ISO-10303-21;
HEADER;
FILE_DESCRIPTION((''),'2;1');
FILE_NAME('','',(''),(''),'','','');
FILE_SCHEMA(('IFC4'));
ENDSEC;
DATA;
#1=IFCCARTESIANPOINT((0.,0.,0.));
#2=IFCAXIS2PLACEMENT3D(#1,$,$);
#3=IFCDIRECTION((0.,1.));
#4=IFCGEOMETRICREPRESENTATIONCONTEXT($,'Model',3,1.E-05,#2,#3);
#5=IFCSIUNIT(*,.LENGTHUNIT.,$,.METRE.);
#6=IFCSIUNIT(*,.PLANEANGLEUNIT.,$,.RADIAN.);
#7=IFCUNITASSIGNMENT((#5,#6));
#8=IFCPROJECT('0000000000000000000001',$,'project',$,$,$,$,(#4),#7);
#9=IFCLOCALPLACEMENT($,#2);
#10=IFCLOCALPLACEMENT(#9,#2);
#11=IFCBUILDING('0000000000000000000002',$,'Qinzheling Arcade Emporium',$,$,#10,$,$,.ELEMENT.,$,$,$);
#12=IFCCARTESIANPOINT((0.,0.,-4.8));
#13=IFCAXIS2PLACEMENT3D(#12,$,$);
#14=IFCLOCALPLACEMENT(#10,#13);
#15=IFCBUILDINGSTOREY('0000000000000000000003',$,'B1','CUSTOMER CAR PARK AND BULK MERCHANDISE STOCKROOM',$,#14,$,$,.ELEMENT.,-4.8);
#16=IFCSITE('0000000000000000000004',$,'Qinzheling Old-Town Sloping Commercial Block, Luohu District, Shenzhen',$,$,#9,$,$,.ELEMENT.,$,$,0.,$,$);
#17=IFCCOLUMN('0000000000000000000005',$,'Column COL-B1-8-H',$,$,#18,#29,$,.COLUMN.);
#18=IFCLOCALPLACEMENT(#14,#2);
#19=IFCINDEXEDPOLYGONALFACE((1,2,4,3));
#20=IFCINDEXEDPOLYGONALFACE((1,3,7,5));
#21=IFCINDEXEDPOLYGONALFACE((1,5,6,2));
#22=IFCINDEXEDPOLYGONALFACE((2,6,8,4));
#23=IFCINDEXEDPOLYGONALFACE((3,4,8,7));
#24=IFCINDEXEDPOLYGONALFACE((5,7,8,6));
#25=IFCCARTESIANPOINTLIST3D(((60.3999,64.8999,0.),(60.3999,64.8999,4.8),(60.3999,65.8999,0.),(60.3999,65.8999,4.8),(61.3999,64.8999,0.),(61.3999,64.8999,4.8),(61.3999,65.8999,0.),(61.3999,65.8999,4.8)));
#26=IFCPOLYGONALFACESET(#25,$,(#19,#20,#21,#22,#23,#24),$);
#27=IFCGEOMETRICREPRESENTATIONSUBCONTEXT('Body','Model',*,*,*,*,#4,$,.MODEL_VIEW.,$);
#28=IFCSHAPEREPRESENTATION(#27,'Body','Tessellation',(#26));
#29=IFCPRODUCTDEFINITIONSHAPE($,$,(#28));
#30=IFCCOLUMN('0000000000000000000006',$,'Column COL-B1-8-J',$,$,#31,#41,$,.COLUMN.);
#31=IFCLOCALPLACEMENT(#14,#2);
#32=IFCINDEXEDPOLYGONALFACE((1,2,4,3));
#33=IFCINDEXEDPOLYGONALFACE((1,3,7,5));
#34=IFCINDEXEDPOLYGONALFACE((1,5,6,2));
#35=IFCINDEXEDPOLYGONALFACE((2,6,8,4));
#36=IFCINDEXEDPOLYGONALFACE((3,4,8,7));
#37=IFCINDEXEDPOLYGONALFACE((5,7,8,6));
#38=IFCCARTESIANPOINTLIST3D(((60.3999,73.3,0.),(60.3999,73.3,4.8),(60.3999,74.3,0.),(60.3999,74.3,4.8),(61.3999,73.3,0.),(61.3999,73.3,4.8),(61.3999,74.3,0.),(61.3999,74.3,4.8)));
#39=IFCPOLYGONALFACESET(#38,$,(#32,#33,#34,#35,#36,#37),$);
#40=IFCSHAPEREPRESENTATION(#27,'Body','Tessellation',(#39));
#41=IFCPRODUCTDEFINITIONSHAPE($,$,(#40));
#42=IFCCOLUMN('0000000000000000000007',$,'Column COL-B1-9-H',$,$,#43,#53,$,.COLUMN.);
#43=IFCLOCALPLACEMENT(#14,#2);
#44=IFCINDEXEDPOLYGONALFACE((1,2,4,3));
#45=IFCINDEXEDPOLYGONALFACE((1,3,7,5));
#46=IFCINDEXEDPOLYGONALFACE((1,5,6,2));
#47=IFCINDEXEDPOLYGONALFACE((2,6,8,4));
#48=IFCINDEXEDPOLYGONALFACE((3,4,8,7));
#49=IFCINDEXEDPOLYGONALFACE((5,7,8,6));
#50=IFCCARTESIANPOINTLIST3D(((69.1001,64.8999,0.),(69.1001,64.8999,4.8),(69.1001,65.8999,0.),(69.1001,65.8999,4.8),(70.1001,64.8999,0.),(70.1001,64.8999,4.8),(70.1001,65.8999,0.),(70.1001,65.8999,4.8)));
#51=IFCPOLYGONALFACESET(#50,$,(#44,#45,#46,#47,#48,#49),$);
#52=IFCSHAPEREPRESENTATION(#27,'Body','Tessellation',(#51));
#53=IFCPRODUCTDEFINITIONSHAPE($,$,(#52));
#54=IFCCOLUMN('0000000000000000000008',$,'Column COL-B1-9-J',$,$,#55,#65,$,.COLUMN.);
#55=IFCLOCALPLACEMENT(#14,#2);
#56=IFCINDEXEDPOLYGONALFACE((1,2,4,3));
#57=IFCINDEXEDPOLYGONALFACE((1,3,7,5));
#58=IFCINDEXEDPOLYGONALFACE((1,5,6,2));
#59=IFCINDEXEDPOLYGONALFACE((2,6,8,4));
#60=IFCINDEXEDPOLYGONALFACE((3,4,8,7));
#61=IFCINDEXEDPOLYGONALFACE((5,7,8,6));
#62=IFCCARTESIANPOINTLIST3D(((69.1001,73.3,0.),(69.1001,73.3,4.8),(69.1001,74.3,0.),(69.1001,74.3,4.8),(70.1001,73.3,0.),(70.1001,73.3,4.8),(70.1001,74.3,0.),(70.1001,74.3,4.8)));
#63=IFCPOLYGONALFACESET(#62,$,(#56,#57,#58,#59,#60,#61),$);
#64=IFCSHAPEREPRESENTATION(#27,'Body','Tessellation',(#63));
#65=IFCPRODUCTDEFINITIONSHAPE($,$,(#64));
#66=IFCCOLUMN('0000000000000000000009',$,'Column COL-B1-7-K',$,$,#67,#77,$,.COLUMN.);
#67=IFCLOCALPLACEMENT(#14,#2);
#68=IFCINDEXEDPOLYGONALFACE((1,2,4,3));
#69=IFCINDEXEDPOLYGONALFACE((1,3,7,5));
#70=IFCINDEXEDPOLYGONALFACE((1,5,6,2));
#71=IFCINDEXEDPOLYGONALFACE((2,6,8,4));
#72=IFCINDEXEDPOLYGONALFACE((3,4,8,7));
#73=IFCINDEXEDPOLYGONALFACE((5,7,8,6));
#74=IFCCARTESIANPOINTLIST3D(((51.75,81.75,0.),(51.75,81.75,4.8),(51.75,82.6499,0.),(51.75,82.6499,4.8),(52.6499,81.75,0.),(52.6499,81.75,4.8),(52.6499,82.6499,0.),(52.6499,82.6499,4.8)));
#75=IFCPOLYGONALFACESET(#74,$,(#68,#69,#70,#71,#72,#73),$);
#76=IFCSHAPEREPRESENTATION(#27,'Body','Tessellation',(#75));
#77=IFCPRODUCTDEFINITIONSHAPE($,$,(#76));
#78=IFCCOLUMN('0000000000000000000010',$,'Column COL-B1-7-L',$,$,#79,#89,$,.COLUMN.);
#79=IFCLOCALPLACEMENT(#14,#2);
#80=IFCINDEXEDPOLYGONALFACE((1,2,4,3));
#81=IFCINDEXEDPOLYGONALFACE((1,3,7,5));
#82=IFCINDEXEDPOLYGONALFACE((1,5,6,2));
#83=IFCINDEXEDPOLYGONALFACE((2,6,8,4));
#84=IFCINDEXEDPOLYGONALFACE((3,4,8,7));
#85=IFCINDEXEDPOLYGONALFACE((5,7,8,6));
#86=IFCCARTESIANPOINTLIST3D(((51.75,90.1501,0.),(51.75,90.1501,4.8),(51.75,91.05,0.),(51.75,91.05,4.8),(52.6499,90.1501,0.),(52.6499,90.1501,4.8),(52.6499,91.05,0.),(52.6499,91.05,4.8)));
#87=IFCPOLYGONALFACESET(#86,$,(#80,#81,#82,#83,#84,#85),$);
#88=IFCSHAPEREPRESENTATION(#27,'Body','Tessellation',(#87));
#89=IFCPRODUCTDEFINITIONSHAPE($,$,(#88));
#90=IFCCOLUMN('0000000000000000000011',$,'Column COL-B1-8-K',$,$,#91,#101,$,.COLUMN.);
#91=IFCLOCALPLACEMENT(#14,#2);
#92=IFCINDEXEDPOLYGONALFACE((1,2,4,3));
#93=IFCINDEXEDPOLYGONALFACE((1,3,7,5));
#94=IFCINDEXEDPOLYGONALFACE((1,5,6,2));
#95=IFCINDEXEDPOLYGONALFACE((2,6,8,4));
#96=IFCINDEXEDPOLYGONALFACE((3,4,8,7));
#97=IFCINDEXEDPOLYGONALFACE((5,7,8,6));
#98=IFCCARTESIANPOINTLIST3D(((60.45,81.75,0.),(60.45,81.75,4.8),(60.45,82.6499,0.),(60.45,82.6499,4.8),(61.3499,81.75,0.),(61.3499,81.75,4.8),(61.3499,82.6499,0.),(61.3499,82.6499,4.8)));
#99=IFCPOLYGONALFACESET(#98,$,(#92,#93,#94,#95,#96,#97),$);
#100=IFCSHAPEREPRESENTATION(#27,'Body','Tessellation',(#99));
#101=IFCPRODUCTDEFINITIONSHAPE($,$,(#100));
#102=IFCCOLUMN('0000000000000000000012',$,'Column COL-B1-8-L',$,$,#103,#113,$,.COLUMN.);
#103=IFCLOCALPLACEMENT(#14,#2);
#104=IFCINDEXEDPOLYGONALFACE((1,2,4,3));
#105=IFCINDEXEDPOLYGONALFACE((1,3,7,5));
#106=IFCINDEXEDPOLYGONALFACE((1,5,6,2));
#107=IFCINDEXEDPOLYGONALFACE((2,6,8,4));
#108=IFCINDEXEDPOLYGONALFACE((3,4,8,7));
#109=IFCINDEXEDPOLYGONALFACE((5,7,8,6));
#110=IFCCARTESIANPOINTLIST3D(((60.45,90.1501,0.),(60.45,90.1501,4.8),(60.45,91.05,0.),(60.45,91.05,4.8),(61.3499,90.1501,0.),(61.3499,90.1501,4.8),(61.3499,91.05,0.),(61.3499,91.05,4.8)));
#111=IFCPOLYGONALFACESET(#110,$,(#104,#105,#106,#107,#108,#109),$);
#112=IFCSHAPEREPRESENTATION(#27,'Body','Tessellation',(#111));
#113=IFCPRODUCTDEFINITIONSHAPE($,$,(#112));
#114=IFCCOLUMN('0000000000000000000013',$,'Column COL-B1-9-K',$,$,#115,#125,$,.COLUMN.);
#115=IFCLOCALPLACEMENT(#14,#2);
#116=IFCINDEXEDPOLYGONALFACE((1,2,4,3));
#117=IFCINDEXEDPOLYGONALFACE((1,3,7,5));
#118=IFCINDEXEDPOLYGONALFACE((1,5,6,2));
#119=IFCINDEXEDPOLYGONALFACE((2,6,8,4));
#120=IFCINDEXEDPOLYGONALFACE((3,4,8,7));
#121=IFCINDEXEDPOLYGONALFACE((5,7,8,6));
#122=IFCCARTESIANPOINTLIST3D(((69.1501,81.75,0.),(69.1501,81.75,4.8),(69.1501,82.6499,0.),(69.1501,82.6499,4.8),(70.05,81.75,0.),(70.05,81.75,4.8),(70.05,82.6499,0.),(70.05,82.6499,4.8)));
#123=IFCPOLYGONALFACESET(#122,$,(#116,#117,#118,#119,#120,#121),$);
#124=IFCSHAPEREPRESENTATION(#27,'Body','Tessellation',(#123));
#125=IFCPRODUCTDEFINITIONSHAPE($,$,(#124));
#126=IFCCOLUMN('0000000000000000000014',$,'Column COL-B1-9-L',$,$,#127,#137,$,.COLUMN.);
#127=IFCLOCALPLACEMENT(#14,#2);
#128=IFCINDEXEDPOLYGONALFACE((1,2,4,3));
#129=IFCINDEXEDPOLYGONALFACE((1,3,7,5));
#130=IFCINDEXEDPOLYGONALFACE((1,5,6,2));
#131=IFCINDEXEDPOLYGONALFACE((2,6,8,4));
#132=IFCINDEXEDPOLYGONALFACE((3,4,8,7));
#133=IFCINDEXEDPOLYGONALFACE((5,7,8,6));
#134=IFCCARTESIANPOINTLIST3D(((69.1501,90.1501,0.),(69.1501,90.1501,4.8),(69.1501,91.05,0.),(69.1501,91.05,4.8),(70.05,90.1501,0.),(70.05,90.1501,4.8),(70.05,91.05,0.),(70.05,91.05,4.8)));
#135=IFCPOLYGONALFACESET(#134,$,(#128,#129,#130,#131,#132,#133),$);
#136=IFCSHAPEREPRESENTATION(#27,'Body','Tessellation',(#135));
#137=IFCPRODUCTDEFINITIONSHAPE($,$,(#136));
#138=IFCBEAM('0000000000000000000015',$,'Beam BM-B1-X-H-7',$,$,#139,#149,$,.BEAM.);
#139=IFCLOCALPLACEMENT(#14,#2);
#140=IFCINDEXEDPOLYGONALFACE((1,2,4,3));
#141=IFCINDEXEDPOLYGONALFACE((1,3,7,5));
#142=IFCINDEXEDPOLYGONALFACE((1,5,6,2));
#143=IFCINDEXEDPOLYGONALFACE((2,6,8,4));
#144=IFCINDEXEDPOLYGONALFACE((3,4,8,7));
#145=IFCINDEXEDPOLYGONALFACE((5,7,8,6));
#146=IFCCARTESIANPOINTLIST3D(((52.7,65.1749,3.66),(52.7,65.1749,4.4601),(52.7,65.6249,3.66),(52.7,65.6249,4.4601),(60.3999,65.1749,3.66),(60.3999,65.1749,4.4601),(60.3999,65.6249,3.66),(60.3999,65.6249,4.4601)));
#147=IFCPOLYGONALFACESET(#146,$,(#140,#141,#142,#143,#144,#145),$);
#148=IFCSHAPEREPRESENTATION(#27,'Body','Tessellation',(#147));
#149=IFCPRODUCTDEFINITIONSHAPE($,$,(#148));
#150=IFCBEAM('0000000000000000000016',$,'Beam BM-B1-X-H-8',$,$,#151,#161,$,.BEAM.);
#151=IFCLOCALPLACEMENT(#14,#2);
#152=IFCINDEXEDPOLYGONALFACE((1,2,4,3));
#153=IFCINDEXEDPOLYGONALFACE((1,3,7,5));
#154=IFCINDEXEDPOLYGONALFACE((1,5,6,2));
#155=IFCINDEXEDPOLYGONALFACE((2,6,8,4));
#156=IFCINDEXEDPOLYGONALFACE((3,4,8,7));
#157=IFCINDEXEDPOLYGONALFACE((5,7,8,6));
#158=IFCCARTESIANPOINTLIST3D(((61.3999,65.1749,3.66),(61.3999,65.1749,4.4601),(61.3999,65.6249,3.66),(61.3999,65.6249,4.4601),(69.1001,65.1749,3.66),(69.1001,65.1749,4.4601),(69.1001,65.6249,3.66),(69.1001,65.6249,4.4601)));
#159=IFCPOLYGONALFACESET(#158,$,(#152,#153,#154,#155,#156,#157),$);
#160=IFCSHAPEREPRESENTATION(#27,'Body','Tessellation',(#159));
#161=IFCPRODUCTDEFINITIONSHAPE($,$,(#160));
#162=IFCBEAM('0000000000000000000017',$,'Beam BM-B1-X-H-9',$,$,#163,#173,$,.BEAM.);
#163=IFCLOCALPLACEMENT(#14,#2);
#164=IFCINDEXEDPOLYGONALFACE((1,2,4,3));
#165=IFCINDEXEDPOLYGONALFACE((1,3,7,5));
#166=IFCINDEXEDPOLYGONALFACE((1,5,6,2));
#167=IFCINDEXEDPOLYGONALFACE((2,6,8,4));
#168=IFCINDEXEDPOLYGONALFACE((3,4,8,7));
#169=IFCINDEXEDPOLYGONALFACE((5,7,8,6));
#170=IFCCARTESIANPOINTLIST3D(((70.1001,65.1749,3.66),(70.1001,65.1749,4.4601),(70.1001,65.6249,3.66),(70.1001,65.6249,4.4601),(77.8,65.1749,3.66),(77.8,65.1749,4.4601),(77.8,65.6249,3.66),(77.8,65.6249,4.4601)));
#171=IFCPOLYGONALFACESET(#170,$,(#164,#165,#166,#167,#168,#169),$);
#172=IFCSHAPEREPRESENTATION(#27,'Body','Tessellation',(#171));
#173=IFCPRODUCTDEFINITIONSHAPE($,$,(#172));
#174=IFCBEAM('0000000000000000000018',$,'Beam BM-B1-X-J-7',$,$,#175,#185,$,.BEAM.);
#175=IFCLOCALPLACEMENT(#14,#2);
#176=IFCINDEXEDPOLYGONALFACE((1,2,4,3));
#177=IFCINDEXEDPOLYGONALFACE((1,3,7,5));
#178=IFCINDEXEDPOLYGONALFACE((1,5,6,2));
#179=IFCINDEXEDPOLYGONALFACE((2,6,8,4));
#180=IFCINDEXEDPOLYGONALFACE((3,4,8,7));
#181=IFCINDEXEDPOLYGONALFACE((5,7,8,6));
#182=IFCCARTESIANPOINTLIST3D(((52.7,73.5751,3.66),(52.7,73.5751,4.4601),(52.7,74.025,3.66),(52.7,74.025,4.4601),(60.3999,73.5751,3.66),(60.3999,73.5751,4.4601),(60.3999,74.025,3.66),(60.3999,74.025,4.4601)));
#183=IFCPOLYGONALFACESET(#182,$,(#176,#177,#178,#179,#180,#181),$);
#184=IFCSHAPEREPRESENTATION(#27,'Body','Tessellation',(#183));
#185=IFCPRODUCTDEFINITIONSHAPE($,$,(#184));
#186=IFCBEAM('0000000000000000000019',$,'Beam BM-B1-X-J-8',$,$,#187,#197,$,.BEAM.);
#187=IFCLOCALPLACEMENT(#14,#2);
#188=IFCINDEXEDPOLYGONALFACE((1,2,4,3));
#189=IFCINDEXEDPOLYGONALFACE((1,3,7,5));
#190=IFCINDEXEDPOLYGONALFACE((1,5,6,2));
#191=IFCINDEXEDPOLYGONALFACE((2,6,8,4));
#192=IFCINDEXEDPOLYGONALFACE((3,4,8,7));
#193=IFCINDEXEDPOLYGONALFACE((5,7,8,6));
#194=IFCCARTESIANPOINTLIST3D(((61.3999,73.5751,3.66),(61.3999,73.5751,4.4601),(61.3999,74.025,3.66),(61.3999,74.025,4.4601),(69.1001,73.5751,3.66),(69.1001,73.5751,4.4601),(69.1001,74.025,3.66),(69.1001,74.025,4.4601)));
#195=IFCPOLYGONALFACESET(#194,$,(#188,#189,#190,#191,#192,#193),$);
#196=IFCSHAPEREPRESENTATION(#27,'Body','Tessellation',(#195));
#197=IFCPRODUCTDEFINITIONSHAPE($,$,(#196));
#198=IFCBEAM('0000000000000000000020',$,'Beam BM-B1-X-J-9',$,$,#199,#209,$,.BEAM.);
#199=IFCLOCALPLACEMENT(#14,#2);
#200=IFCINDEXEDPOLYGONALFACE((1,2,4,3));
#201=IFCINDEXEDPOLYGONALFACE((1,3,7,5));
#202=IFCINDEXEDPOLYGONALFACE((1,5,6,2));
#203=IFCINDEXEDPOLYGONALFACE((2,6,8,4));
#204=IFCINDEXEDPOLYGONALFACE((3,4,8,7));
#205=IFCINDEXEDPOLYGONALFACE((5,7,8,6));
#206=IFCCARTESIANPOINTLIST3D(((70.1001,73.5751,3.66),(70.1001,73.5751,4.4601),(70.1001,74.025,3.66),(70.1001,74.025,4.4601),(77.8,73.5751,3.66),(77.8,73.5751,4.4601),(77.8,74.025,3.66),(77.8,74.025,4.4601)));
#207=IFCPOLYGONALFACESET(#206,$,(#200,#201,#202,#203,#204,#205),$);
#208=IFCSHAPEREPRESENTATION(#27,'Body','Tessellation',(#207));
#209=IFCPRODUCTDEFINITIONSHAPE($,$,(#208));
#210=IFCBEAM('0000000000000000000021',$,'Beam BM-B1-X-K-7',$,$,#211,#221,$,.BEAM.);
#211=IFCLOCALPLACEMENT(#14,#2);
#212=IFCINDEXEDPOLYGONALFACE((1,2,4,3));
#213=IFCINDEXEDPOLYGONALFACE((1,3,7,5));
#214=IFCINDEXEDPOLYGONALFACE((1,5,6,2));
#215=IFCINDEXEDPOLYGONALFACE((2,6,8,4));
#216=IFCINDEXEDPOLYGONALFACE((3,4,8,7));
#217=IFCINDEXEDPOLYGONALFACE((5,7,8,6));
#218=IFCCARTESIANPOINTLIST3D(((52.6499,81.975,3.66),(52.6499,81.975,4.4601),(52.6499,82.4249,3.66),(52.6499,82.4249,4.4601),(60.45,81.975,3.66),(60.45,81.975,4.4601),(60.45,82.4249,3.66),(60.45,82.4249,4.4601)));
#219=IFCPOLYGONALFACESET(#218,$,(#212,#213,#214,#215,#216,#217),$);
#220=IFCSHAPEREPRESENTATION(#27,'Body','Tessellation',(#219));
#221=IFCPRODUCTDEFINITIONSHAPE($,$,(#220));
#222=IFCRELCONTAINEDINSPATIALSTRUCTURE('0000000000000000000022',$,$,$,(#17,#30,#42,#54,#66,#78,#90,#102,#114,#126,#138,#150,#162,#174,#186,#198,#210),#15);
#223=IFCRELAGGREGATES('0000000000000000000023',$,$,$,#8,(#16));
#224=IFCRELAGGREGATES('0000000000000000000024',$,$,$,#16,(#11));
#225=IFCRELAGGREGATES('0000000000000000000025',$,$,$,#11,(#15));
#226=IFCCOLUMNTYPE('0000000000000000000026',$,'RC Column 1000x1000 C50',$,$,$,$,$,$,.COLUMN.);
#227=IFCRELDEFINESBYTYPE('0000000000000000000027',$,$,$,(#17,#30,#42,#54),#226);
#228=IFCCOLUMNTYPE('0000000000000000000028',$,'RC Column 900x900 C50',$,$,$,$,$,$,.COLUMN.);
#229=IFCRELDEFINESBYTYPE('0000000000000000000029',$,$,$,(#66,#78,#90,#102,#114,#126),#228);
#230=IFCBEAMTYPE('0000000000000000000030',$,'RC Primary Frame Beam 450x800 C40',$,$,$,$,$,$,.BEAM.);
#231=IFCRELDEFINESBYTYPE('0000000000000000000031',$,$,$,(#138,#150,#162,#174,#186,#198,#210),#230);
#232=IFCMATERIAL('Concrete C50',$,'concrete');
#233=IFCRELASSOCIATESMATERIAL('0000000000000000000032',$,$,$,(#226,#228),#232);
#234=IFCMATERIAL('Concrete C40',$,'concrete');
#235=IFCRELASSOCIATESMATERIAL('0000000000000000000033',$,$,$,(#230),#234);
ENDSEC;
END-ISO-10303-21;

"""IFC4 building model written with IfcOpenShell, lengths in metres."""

from ifc_helpers import new_model, si_unit, direction, frame, origin, origin_2d, place, context, subcontext, project, spatial, rectangle, extrude, material, material_profile, profile_set, type_object, element, save


model = new_model("IFC4")

# Units and contexts
model_context = context("Model", 3, precision=1e-05, world=origin(), true_north=direction((0.0, 1.0)))
body_context = subcontext(model_context, "Body", "Model", "MODEL_VIEW")
ifc_project = project(units=[si_unit("LENGTHUNIT", "METRE"), si_unit("PLANEANGLEUNIT", "RADIAN")], contexts=[model_context])

# Site, building, storey
site_placement = place(None, origin())
site = spatial("IfcSite", under=ifc_project, at=site_placement, Name="Qinzheling Old-Town Sloping Commercial Block, Luohu District, Shenzhen", CompositionType="ELEMENT", RefElevation=0.0)
building_placement = place(site_placement, origin())
building = spatial("IfcBuilding", under=site, at=building_placement, Name="Qinzheling Arcade Emporium", CompositionType="ELEMENT")
storey_placement = place(building_placement, frame((0.0, 0.0, -4.8)))
storey = spatial("IfcBuildingStorey", under=building, at=storey_placement, Name="B1", Description="CUSTOMER CAR PARK AND BULK MERCHANDISE STOCKROOM", CompositionType="ELEMENT", Elevation=-4.8)

# Columns
ifc_material_1 = material(Name="Concrete C50", Category="concrete")
ifc_material_profile_1 = material_profile(ifc_material_1, rectangle(XDim=1.0, YDim=1.0, at=origin_2d()), Name="RC 1000x1000", Category="concrete")
ifc_profile_set_1 = profile_set([ifc_material_profile_1], Name="Concrete C50")
column_type_1 = type_object("IfcColumnType", Name="RC Column 1000x1000 C50", PredefinedType="COLUMN", material=ifc_profile_set_1)
for number, where, z_axis, x_axis, name in (
    (1, (60.8999, 65.3999, 0.0), (0.0, 0.0, 1.0), (1.0, 0.0, 0.0), "Column COL-B1-8-H"),
    (2, (60.8999, 73.8, 0.0), (0.0, 0.0, 1.0), (1.0, 0.0, 0.0), "Column COL-B1-8-J"),
    (3, (69.6001, 65.3999, 0.0), (0.0, 0.0, 1.0), (1.0, 0.0, 0.0), "Column COL-B1-9-H"),
    (4, (69.6001, 73.8, 0.0), (0.0, 0.0, 1.0), (1.0, 0.0, 0.0), "Column COL-B1-9-J"),
):
    element("IfcColumn", number, at=place(storey_placement, frame(where, z_axis=z_axis, x_axis=x_axis)), inside=storey, type_object=column_type_1, Name=name, PredefinedType="COLUMN", context=body_context, shape_type="SweptSolid", body=[
        extrude(rectangle(XDim=1.0, YDim=1.0, at=origin_2d()), origin(), (0.0, 0.0, 1.0), 4.8),
    ])
ifc_material_profile_2 = material_profile(ifc_material_1, rectangle(XDim=0.8999, YDim=0.8999, at=origin_2d()), Name="RC 900x900", Category="concrete")
ifc_profile_set_2 = profile_set([ifc_material_profile_2], Name="Concrete C50")
column_type_2 = type_object("IfcColumnType", Name="RC Column 900x900 C50", PredefinedType="COLUMN", material=ifc_profile_set_2)
for number, where, z_axis, x_axis, name in (
    (5, (52.2, 82.2, 0.0), (0.0, 0.0, 1.0), (1.0, 0.0, 0.0), "Column COL-B1-7-K"),
    (6, (52.2, 90.6001, 0.0), (0.0, 0.0, 1.0), (1.0, 0.0, 0.0), "Column COL-B1-7-L"),
    (7, (60.8999, 82.2, 0.0), (0.0, 0.0, 1.0), (1.0, 0.0, 0.0), "Column COL-B1-8-K"),
    (8, (60.8999, 90.6001, 0.0), (0.0, 0.0, 1.0), (1.0, 0.0, 0.0), "Column COL-B1-8-L"),
    (9, (69.6001, 82.2, 0.0), (0.0, 0.0, 1.0), (1.0, 0.0, 0.0), "Column COL-B1-9-K"),
    (10, (69.6001, 90.6001, 0.0), (0.0, 0.0, 1.0), (1.0, 0.0, 0.0), "Column COL-B1-9-L"),
):
    element("IfcColumn", number, at=place(storey_placement, frame(where, z_axis=z_axis, x_axis=x_axis)), inside=storey, type_object=column_type_2, Name=name, PredefinedType="COLUMN", context=body_context, shape_type="SweptSolid", body=[
        extrude(rectangle(XDim=0.8999, YDim=0.8999, at=origin_2d()), origin(), (0.0, 0.0, 1.0), 4.8),
    ])

# Beams
ifc_material_2 = material(Name="Concrete C40", Category="concrete")
ifc_material_profile_3 = material_profile(ifc_material_2, rectangle(XDim=0.45, YDim=0.8, at=origin_2d()), Name="RC 450x800", Category="concrete")
ifc_profile_set_3 = profile_set([ifc_material_profile_3], Name="Concrete C40")
beam_type_1 = type_object("IfcBeamType", Name="RC Primary Frame Beam 450x800 C40", PredefinedType="BEAM", material=ifc_profile_set_3)
beam_1_placement = place(storey_placement, frame((52.7, 65.3999, 4.0601), z_axis=(1.0, 0.0, 0.0), x_axis=(0.0, 1.0, 0.0)))
element("IfcBeam", 11, at=beam_1_placement, inside=storey, type_object=beam_type_1, Name="Beam BM-B1-X-H-7", PredefinedType="BEAM", context=body_context, shape_type="SweptSolid", body=[
    extrude(rectangle(XDim=0.45, YDim=0.8, at=origin_2d()), origin(), (0.0, 0.0, 1.0), 7.7),
])
beam_2_placement = place(storey_placement, frame((61.3999, 65.3999, 4.0601), z_axis=(1.0, 0.0, 0.0), x_axis=(0.0, 1.0, 0.0)))
element("IfcBeam", 12, at=beam_2_placement, inside=storey, type_object=beam_type_1, Name="Beam BM-B1-X-H-8", PredefinedType="BEAM", context=body_context, shape_type="SweptSolid", body=[
    extrude(rectangle(XDim=0.45, YDim=0.8, at=origin_2d()), origin(), (0.0, 0.0, 1.0), 7.7002),
])
for number, where, z_axis, x_axis, name in (
    (13, (70.1001, 65.3999, 4.0601), (1.0, 0.0, 0.0), (0.0, 1.0, 0.0), "Beam BM-B1-X-H-9"),
    (14, (52.7, 73.8, 4.0601), (1.0, 0.0, 0.0), (0.0, 1.0, 0.0), "Beam BM-B1-X-J-7"),
):
    element("IfcBeam", number, at=place(storey_placement, frame(where, z_axis=z_axis, x_axis=x_axis)), inside=storey, type_object=beam_type_1, Name=name, PredefinedType="BEAM", context=body_context, shape_type="SweptSolid", body=[
        extrude(rectangle(XDim=0.45, YDim=0.8, at=origin_2d()), origin(), (0.0, 0.0, 1.0), 7.7),
    ])
beam_3_placement = place(storey_placement, frame((61.3999, 73.8, 4.0601), z_axis=(1.0, 0.0, 0.0), x_axis=(0.0, 1.0, 0.0)))
element("IfcBeam", 15, at=beam_3_placement, inside=storey, type_object=beam_type_1, Name="Beam BM-B1-X-J-8", PredefinedType="BEAM", context=body_context, shape_type="SweptSolid", body=[
    extrude(rectangle(XDim=0.45, YDim=0.8, at=origin_2d()), origin(), (0.0, 0.0, 1.0), 7.7002),
])
beam_4_placement = place(storey_placement, frame((70.1001, 73.8, 4.0601), z_axis=(1.0, 0.0, 0.0), x_axis=(0.0, 1.0, 0.0)))
element("IfcBeam", 16, at=beam_4_placement, inside=storey, type_object=beam_type_1, Name="Beam BM-B1-X-J-9", PredefinedType="BEAM", context=body_context, shape_type="SweptSolid", body=[
    extrude(rectangle(XDim=0.45, YDim=0.8, at=origin_2d()), origin(), (0.0, 0.0, 1.0), 7.7),
])
beam_5_placement = place(storey_placement, frame((52.6499, 82.2, 4.0601), z_axis=(1.0, 0.0, 0.0), x_axis=(0.0, 1.0, 0.0)))
element("IfcBeam", 17, at=beam_5_placement, inside=storey, type_object=beam_type_1, Name="Beam BM-B1-X-K-7", PredefinedType="BEAM", context=body_context, shape_type="SweptSolid", body=[
    extrude(rectangle(XDim=0.45, YDim=0.8, at=origin_2d()), origin(), (0.0, 0.0, 1.0), 7.8),
])

save(model, "model.ifc")
